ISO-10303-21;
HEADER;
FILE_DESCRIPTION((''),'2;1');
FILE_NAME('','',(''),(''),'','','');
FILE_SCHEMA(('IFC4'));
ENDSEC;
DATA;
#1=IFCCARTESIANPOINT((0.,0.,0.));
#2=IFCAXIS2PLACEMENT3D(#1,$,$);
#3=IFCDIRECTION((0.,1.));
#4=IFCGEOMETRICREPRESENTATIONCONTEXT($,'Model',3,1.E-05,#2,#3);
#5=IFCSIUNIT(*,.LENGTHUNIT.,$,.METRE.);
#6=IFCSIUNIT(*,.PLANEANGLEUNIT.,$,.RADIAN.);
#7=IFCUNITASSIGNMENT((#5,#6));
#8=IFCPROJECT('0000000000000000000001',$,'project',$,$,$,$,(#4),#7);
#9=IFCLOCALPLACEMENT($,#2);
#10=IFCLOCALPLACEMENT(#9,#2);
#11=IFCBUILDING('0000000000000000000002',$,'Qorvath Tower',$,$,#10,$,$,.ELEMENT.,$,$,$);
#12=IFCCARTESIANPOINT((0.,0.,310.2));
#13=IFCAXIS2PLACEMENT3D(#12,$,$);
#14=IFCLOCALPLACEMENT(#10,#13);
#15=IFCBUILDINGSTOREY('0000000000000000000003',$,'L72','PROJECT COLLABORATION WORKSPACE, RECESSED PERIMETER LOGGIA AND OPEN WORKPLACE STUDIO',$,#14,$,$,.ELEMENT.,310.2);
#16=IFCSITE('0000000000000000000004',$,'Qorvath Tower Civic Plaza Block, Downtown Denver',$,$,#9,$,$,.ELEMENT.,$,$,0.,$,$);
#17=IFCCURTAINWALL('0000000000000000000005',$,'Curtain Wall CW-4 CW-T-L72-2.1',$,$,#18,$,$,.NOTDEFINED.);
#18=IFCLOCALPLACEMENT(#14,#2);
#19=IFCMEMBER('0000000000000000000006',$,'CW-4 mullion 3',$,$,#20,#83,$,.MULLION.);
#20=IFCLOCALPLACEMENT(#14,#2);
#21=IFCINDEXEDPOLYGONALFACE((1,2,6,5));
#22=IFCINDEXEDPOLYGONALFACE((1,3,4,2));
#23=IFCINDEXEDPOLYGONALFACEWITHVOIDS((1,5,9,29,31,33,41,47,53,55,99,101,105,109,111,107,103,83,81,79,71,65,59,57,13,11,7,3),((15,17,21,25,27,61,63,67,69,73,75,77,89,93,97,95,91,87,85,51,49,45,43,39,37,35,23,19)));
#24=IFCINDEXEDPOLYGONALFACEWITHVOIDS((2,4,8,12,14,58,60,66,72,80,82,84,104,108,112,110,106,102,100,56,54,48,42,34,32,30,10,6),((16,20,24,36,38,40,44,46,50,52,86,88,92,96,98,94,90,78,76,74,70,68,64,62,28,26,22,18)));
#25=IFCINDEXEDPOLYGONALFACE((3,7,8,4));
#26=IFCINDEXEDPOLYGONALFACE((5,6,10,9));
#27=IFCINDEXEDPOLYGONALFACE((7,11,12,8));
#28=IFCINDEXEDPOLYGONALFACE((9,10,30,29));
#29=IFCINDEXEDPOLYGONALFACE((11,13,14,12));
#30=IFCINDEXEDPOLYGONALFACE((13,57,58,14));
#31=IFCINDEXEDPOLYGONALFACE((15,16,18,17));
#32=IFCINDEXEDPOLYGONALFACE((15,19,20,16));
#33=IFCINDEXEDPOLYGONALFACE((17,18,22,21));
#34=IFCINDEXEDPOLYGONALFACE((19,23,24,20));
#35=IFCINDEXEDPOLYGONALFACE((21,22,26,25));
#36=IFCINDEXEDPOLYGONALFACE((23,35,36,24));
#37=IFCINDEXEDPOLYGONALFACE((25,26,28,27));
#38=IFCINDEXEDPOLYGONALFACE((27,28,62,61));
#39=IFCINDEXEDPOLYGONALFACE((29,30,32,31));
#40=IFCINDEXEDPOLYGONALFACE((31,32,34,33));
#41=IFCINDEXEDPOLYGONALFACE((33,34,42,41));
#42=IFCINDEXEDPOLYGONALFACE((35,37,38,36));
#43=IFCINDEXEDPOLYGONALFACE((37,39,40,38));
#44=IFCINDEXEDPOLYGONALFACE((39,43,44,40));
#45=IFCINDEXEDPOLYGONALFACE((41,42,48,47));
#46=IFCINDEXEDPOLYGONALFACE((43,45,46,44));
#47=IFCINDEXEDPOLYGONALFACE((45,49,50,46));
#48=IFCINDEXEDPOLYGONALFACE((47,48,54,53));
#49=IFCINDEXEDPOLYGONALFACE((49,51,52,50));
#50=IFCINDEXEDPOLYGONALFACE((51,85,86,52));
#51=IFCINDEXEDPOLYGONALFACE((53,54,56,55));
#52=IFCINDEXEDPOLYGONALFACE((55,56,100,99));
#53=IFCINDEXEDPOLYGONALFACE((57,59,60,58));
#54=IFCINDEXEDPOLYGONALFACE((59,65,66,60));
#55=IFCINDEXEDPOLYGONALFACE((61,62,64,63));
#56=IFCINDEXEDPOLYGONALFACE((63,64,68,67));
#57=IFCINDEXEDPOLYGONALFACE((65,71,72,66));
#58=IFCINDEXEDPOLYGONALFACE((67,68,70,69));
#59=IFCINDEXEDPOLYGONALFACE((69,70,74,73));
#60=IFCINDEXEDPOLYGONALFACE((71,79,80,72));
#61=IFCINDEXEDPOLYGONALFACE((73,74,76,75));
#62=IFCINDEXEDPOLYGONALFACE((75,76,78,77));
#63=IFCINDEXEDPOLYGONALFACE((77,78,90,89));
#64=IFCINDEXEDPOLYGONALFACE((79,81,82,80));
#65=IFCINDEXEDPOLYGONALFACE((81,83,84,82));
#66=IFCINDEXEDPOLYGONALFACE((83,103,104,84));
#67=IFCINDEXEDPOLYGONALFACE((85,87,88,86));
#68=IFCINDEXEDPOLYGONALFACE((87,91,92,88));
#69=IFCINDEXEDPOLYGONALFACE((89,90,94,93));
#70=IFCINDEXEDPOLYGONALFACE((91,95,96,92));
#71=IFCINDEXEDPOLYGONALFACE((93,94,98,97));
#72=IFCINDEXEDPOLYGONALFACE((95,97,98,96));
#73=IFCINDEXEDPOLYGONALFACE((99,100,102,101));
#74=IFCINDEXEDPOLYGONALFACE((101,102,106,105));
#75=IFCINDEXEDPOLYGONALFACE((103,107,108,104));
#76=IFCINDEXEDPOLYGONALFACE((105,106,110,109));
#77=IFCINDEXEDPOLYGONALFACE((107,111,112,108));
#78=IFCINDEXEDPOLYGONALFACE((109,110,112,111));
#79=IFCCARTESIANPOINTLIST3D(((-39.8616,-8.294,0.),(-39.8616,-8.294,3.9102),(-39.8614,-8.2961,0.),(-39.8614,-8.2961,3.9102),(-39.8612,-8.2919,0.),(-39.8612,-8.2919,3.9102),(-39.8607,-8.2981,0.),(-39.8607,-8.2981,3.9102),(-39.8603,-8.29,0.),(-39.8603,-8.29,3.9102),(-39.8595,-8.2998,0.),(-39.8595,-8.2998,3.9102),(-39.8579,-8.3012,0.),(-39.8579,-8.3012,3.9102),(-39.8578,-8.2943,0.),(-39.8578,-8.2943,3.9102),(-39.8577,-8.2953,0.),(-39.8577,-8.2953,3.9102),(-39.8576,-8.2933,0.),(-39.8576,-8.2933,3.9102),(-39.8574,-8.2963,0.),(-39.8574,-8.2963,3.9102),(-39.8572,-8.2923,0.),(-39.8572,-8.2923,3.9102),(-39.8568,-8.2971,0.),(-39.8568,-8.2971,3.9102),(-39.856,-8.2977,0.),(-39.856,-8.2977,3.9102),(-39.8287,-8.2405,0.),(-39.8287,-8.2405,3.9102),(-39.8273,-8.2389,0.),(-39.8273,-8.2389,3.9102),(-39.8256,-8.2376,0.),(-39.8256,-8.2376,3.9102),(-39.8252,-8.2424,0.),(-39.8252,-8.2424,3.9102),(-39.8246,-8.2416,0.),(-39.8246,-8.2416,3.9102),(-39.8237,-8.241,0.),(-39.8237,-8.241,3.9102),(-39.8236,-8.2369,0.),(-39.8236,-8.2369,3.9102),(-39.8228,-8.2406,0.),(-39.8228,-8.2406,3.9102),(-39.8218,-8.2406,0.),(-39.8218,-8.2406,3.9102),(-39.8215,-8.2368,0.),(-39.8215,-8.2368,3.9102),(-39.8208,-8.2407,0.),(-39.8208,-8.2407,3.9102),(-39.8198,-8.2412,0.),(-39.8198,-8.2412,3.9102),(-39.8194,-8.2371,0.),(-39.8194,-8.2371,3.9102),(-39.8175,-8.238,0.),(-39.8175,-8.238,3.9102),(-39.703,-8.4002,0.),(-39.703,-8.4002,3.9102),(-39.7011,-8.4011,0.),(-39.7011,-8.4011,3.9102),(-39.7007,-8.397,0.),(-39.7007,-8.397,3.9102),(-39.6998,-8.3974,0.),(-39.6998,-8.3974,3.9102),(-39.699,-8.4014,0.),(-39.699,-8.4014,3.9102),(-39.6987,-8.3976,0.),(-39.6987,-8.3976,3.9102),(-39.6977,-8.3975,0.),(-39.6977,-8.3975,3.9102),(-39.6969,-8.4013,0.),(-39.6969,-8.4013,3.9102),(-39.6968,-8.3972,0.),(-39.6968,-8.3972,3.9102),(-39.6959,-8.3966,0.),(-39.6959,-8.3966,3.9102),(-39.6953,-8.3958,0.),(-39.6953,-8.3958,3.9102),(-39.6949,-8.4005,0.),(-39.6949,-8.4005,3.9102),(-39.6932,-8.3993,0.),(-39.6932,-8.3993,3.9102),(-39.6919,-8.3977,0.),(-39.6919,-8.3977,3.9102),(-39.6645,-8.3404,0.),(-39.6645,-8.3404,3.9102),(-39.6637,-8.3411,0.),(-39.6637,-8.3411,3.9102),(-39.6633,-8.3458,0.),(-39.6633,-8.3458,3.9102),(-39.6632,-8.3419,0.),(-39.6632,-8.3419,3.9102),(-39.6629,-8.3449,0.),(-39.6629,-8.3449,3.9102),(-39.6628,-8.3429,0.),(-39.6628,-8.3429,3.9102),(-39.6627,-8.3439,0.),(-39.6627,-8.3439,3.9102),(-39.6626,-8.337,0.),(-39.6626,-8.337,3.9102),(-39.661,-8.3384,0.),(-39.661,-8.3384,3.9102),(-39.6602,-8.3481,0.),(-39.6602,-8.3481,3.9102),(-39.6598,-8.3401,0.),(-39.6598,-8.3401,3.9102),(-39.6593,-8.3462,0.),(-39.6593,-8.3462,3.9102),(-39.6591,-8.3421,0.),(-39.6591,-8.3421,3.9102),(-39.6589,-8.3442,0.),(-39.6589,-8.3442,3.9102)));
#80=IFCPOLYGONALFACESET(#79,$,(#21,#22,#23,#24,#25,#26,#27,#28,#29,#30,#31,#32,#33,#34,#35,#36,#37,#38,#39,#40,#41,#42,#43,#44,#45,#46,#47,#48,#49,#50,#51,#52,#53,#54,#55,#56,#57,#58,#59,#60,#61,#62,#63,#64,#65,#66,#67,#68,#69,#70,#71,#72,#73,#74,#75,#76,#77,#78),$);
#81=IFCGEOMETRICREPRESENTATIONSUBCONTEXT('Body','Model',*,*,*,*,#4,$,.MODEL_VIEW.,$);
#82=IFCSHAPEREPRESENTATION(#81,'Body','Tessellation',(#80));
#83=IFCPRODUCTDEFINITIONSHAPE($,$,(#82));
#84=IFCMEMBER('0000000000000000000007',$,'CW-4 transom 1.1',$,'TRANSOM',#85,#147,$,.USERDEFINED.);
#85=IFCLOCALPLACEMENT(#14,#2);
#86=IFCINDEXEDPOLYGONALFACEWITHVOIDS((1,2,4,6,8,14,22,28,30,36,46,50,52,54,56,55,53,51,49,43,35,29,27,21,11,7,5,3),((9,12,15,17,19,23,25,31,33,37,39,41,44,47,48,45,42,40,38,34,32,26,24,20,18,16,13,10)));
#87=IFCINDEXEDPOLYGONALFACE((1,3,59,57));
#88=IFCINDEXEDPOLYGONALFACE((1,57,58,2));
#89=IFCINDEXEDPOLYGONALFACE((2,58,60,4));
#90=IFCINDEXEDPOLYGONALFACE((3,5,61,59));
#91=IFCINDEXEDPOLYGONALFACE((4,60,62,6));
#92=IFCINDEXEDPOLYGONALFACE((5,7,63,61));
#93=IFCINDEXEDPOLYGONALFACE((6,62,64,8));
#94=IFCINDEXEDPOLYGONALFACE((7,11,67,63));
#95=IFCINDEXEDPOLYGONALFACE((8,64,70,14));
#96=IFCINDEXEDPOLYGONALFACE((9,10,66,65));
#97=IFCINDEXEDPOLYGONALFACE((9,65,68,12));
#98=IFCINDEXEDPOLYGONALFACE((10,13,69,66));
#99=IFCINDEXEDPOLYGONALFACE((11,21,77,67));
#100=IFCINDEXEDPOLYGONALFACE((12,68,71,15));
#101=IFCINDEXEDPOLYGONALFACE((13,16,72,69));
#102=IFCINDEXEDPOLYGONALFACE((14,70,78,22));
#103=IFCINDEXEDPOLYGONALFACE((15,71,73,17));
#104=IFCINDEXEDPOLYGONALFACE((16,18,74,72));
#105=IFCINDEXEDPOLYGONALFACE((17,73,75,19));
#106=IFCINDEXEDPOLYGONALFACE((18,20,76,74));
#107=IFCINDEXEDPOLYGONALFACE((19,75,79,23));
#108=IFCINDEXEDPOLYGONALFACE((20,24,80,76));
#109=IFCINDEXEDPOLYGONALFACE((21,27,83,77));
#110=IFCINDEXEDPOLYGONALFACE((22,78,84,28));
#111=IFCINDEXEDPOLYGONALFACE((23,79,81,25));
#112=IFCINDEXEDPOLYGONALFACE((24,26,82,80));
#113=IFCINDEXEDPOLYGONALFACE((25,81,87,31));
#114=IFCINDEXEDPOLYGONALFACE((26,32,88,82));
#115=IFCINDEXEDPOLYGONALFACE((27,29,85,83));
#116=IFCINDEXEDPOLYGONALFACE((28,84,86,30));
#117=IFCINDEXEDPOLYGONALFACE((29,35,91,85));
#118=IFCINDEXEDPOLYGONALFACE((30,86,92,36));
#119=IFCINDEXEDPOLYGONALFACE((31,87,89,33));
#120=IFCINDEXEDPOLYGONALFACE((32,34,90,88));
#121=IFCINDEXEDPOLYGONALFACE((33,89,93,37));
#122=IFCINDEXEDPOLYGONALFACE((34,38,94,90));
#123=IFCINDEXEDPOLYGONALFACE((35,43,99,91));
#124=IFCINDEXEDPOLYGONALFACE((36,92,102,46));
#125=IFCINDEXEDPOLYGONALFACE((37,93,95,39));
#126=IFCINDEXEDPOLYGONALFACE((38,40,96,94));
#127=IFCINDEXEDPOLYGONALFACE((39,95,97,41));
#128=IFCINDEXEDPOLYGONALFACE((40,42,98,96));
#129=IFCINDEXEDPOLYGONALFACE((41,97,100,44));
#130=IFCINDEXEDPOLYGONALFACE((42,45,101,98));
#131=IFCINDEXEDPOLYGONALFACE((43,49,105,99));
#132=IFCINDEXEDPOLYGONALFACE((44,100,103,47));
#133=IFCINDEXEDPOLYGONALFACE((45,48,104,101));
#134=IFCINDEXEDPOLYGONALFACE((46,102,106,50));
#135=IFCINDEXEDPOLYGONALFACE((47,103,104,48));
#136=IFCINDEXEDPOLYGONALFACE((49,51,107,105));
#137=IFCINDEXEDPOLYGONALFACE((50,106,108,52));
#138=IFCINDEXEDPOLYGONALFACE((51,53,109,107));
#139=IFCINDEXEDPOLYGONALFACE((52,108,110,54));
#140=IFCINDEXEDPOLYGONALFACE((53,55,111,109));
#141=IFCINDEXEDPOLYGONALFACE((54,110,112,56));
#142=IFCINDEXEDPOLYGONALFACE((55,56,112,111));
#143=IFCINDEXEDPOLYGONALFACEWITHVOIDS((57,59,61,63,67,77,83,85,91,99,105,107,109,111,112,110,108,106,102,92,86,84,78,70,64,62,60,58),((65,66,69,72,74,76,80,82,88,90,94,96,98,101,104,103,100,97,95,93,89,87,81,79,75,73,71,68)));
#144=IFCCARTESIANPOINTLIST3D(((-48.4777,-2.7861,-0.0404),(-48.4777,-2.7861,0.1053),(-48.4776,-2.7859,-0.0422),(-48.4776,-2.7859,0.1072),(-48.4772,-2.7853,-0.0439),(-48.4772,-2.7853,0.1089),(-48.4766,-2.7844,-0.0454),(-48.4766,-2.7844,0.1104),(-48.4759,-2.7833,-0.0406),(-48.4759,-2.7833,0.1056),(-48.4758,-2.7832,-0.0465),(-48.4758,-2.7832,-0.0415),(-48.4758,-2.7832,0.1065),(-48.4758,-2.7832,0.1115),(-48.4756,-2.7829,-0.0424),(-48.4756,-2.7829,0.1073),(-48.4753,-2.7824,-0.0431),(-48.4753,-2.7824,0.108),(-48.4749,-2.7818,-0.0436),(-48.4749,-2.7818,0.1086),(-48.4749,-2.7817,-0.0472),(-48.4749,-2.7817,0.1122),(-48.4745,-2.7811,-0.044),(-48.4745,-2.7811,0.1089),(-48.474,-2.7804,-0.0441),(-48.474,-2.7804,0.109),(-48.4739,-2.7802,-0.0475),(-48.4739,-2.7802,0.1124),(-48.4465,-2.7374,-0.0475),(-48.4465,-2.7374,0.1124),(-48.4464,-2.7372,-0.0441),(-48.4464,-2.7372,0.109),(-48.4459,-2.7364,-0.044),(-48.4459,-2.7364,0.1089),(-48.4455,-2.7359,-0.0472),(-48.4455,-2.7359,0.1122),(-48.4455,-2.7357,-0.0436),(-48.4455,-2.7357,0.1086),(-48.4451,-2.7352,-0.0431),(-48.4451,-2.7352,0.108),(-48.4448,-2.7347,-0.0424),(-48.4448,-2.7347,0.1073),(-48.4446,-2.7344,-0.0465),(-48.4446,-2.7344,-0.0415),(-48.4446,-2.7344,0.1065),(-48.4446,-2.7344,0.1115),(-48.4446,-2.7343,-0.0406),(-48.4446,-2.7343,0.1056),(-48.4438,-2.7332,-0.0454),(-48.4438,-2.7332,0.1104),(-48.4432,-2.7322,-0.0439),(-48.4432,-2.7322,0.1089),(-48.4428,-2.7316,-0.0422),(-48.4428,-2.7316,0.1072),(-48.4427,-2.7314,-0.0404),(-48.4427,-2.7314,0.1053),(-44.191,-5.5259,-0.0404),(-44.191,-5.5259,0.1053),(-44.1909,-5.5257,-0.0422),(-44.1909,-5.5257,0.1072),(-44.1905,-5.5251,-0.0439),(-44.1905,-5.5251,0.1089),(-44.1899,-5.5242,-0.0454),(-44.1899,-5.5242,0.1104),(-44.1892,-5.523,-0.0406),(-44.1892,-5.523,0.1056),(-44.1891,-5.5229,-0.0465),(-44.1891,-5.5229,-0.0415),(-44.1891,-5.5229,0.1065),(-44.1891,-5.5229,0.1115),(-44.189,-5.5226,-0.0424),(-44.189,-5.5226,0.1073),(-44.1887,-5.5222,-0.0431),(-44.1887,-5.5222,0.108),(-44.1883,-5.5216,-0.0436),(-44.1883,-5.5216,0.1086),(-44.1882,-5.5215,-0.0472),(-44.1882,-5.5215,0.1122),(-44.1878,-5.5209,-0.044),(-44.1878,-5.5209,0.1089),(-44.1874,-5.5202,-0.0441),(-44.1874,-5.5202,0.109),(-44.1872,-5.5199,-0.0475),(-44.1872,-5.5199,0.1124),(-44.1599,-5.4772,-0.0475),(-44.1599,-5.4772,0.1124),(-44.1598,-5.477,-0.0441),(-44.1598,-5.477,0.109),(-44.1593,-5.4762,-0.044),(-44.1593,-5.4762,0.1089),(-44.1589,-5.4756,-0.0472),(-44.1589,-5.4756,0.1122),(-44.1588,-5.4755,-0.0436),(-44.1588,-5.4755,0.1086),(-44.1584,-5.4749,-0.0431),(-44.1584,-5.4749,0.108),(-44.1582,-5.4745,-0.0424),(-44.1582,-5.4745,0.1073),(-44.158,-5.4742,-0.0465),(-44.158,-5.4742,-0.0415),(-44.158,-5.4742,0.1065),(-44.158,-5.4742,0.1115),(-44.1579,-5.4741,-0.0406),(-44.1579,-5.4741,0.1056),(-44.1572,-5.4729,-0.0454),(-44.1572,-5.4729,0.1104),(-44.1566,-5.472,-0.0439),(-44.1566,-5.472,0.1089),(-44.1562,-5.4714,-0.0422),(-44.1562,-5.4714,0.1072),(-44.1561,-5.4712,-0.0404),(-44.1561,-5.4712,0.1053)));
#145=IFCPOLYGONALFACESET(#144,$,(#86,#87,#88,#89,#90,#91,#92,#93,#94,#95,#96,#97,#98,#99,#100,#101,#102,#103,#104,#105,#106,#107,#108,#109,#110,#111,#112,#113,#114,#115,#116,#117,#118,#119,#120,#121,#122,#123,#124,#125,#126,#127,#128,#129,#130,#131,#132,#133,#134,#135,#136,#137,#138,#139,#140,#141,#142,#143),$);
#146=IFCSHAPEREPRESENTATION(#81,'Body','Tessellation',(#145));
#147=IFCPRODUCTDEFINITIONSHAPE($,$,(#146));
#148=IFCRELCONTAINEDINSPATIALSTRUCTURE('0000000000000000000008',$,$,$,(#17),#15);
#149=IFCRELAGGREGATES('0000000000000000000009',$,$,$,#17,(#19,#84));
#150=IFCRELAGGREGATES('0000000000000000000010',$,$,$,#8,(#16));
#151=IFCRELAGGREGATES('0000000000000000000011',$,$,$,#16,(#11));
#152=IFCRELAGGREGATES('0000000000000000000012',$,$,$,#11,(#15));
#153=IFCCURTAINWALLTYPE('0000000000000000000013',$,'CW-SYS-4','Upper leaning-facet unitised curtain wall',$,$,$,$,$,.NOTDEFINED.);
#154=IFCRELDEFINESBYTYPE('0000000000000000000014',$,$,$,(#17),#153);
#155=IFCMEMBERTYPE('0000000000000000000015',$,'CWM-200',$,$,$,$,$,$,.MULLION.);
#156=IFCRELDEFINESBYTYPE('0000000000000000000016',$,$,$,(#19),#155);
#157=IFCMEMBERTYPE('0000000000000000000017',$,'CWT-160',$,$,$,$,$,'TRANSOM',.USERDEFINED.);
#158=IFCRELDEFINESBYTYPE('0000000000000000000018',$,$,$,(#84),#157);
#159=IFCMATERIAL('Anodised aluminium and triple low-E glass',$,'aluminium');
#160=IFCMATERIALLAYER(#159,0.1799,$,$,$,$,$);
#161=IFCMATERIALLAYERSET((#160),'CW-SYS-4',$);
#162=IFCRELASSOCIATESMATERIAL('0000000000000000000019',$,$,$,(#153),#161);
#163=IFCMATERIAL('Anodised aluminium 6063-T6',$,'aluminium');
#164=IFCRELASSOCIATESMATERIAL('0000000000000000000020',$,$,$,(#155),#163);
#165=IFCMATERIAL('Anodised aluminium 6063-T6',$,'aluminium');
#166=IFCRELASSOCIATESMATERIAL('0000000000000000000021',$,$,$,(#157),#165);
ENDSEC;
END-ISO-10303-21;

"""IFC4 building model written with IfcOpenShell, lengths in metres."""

from ifc_helpers import new_model, si_unit, direction, frame, origin, origin_2d, place, context, subcontext, project, spatial, hollow_rectangle, extrude, material, layer, layer_set, material_profile, profile_set, type_object, element, aggregate, save


model = new_model("IFC4")

# Units and contexts
model_context = context("Model", 3, precision=1e-05, world=origin(), true_north=direction((0.0, 1.0)))
body_context = subcontext(model_context, "Body", "Model", "MODEL_VIEW")
ifc_project = project(units=[si_unit("LENGTHUNIT", "METRE"), si_unit("PLANEANGLEUNIT", "RADIAN")], contexts=[model_context])

# Site, building, storey
site_placement = place(None, origin())
site = spatial("IfcSite", under=ifc_project, at=site_placement, Name="Qorvath Tower Civic Plaza Block, Downtown Denver", CompositionType="ELEMENT", RefElevation=0.0)
building_placement = place(site_placement, origin())
building = spatial("IfcBuilding", under=site, at=building_placement, Name="Qorvath Tower", CompositionType="ELEMENT")
storey_placement = place(building_placement, frame((0.0, 0.0, 310.2)))
storey = spatial("IfcBuildingStorey", under=building, at=storey_placement, Name="L72", Description="PROJECT COLLABORATION WORKSPACE, RECESSED PERIMETER LOGGIA AND OPEN WORKPLACE STUDIO", CompositionType="ELEMENT", Elevation=310.2)

# Curtain wall, members
ifc_material_1 = material(Name="Anodised aluminium and triple low-E glass", Category="aluminium")
ifc_layer_1 = layer(ifc_material_1, 0.1799)
ifc_layer_set_1 = layer_set([ifc_layer_1], Name="CW-SYS-4")
curtain_wall_type = type_object("IfcCurtainWallType", Name="CW-SYS-4", Description="Upper leaning-facet unitised curtain wall", PredefinedType="NOTDEFINED", material=ifc_layer_set_1)
curtain_wall_placement = place(storey_placement, origin())
curtain_wall = element("IfcCurtainWall", 1, at=curtain_wall_placement, inside=storey, type_object=curtain_wall_type, Name="Curtain Wall CW-4 CW-T-L72-2.1", PredefinedType="NOTDEFINED")
ifc_material_2 = material(Name="Anodised aluminium 6063-T6", Category="aluminium")
ifc_material_profile_1 = material_profile(ifc_material_2, hollow_rectangle(XDim=0.075, YDim=0.2, WallThickness=0.0039, InnerFilletRadius=0.0039, OuterFilletRadius=0.0081, at=origin_2d()), Name="CWM 200x75")
ifc_profile_set_1 = profile_set([ifc_material_profile_1], Name="Anodised aluminium 6063-T6")
member_type_1 = type_object("IfcMemberType", Name="CWM-200", PredefinedType="MULLION", material=ifc_profile_set_1)
member_1_placement = place(storey_placement, frame((-39.7603, -8.3191, 0.0), z_axis=(0.0, 0.0, 1.0), x_axis=(0.538538, 0.842601, 0.0)))
member_1 = element("IfcMember", 2, at=member_1_placement, type_object=member_type_1, Name="CW-4 mullion 3", PredefinedType="MULLION", context=body_context, shape_type="SweptSolid", body=[
    extrude(hollow_rectangle(XDim=0.075, YDim=0.2, WallThickness=0.0039, InnerFilletRadius=0.0039, OuterFilletRadius=0.0081, at=origin_2d()), origin(), (0.0, 0.0, 1.0), 3.9102),
])
ifc_material_3 = material(Name="Anodised aluminium 6063-T6", Category="aluminium")
ifc_material_profile_2 = material_profile(ifc_material_3, hollow_rectangle(XDim=0.0649, YDim=0.1599, WallThickness=0.0034, InnerFilletRadius=0.0034, OuterFilletRadius=0.0071, at=origin_2d()), Name="CWT 160x65")
ifc_profile_set_2 = profile_set([ifc_material_profile_2], Name="Anodised aluminium 6063-T6")
member_type_2 = type_object("IfcMemberType", Name="CWT-160", ElementType="TRANSOM", PredefinedType="USERDEFINED", material=ifc_profile_set_2)
member_2_placement = place(storey_placement, frame((-48.4602, -2.7588, 0.0325), z_axis=(0.842601, -0.538539, 0.0), x_axis=(0.538539, 0.842601, 0.0)))
member_2 = element("IfcMember", 3, at=member_2_placement, type_object=member_type_2, Name="CW-4 transom 1.1", ObjectType="TRANSOM", PredefinedType="USERDEFINED", context=body_context, shape_type="SweptSolid", body=[
    extrude(hollow_rectangle(XDim=0.0649, YDim=0.1599, WallThickness=0.0034, InnerFilletRadius=0.0034, OuterFilletRadius=0.0071, at=origin_2d()), origin(), (0.0, 0.0, 1.0), 5.0874),
])
aggregate(curtain_wall, [member_1, member_2])

save(model, "model.ifc")
